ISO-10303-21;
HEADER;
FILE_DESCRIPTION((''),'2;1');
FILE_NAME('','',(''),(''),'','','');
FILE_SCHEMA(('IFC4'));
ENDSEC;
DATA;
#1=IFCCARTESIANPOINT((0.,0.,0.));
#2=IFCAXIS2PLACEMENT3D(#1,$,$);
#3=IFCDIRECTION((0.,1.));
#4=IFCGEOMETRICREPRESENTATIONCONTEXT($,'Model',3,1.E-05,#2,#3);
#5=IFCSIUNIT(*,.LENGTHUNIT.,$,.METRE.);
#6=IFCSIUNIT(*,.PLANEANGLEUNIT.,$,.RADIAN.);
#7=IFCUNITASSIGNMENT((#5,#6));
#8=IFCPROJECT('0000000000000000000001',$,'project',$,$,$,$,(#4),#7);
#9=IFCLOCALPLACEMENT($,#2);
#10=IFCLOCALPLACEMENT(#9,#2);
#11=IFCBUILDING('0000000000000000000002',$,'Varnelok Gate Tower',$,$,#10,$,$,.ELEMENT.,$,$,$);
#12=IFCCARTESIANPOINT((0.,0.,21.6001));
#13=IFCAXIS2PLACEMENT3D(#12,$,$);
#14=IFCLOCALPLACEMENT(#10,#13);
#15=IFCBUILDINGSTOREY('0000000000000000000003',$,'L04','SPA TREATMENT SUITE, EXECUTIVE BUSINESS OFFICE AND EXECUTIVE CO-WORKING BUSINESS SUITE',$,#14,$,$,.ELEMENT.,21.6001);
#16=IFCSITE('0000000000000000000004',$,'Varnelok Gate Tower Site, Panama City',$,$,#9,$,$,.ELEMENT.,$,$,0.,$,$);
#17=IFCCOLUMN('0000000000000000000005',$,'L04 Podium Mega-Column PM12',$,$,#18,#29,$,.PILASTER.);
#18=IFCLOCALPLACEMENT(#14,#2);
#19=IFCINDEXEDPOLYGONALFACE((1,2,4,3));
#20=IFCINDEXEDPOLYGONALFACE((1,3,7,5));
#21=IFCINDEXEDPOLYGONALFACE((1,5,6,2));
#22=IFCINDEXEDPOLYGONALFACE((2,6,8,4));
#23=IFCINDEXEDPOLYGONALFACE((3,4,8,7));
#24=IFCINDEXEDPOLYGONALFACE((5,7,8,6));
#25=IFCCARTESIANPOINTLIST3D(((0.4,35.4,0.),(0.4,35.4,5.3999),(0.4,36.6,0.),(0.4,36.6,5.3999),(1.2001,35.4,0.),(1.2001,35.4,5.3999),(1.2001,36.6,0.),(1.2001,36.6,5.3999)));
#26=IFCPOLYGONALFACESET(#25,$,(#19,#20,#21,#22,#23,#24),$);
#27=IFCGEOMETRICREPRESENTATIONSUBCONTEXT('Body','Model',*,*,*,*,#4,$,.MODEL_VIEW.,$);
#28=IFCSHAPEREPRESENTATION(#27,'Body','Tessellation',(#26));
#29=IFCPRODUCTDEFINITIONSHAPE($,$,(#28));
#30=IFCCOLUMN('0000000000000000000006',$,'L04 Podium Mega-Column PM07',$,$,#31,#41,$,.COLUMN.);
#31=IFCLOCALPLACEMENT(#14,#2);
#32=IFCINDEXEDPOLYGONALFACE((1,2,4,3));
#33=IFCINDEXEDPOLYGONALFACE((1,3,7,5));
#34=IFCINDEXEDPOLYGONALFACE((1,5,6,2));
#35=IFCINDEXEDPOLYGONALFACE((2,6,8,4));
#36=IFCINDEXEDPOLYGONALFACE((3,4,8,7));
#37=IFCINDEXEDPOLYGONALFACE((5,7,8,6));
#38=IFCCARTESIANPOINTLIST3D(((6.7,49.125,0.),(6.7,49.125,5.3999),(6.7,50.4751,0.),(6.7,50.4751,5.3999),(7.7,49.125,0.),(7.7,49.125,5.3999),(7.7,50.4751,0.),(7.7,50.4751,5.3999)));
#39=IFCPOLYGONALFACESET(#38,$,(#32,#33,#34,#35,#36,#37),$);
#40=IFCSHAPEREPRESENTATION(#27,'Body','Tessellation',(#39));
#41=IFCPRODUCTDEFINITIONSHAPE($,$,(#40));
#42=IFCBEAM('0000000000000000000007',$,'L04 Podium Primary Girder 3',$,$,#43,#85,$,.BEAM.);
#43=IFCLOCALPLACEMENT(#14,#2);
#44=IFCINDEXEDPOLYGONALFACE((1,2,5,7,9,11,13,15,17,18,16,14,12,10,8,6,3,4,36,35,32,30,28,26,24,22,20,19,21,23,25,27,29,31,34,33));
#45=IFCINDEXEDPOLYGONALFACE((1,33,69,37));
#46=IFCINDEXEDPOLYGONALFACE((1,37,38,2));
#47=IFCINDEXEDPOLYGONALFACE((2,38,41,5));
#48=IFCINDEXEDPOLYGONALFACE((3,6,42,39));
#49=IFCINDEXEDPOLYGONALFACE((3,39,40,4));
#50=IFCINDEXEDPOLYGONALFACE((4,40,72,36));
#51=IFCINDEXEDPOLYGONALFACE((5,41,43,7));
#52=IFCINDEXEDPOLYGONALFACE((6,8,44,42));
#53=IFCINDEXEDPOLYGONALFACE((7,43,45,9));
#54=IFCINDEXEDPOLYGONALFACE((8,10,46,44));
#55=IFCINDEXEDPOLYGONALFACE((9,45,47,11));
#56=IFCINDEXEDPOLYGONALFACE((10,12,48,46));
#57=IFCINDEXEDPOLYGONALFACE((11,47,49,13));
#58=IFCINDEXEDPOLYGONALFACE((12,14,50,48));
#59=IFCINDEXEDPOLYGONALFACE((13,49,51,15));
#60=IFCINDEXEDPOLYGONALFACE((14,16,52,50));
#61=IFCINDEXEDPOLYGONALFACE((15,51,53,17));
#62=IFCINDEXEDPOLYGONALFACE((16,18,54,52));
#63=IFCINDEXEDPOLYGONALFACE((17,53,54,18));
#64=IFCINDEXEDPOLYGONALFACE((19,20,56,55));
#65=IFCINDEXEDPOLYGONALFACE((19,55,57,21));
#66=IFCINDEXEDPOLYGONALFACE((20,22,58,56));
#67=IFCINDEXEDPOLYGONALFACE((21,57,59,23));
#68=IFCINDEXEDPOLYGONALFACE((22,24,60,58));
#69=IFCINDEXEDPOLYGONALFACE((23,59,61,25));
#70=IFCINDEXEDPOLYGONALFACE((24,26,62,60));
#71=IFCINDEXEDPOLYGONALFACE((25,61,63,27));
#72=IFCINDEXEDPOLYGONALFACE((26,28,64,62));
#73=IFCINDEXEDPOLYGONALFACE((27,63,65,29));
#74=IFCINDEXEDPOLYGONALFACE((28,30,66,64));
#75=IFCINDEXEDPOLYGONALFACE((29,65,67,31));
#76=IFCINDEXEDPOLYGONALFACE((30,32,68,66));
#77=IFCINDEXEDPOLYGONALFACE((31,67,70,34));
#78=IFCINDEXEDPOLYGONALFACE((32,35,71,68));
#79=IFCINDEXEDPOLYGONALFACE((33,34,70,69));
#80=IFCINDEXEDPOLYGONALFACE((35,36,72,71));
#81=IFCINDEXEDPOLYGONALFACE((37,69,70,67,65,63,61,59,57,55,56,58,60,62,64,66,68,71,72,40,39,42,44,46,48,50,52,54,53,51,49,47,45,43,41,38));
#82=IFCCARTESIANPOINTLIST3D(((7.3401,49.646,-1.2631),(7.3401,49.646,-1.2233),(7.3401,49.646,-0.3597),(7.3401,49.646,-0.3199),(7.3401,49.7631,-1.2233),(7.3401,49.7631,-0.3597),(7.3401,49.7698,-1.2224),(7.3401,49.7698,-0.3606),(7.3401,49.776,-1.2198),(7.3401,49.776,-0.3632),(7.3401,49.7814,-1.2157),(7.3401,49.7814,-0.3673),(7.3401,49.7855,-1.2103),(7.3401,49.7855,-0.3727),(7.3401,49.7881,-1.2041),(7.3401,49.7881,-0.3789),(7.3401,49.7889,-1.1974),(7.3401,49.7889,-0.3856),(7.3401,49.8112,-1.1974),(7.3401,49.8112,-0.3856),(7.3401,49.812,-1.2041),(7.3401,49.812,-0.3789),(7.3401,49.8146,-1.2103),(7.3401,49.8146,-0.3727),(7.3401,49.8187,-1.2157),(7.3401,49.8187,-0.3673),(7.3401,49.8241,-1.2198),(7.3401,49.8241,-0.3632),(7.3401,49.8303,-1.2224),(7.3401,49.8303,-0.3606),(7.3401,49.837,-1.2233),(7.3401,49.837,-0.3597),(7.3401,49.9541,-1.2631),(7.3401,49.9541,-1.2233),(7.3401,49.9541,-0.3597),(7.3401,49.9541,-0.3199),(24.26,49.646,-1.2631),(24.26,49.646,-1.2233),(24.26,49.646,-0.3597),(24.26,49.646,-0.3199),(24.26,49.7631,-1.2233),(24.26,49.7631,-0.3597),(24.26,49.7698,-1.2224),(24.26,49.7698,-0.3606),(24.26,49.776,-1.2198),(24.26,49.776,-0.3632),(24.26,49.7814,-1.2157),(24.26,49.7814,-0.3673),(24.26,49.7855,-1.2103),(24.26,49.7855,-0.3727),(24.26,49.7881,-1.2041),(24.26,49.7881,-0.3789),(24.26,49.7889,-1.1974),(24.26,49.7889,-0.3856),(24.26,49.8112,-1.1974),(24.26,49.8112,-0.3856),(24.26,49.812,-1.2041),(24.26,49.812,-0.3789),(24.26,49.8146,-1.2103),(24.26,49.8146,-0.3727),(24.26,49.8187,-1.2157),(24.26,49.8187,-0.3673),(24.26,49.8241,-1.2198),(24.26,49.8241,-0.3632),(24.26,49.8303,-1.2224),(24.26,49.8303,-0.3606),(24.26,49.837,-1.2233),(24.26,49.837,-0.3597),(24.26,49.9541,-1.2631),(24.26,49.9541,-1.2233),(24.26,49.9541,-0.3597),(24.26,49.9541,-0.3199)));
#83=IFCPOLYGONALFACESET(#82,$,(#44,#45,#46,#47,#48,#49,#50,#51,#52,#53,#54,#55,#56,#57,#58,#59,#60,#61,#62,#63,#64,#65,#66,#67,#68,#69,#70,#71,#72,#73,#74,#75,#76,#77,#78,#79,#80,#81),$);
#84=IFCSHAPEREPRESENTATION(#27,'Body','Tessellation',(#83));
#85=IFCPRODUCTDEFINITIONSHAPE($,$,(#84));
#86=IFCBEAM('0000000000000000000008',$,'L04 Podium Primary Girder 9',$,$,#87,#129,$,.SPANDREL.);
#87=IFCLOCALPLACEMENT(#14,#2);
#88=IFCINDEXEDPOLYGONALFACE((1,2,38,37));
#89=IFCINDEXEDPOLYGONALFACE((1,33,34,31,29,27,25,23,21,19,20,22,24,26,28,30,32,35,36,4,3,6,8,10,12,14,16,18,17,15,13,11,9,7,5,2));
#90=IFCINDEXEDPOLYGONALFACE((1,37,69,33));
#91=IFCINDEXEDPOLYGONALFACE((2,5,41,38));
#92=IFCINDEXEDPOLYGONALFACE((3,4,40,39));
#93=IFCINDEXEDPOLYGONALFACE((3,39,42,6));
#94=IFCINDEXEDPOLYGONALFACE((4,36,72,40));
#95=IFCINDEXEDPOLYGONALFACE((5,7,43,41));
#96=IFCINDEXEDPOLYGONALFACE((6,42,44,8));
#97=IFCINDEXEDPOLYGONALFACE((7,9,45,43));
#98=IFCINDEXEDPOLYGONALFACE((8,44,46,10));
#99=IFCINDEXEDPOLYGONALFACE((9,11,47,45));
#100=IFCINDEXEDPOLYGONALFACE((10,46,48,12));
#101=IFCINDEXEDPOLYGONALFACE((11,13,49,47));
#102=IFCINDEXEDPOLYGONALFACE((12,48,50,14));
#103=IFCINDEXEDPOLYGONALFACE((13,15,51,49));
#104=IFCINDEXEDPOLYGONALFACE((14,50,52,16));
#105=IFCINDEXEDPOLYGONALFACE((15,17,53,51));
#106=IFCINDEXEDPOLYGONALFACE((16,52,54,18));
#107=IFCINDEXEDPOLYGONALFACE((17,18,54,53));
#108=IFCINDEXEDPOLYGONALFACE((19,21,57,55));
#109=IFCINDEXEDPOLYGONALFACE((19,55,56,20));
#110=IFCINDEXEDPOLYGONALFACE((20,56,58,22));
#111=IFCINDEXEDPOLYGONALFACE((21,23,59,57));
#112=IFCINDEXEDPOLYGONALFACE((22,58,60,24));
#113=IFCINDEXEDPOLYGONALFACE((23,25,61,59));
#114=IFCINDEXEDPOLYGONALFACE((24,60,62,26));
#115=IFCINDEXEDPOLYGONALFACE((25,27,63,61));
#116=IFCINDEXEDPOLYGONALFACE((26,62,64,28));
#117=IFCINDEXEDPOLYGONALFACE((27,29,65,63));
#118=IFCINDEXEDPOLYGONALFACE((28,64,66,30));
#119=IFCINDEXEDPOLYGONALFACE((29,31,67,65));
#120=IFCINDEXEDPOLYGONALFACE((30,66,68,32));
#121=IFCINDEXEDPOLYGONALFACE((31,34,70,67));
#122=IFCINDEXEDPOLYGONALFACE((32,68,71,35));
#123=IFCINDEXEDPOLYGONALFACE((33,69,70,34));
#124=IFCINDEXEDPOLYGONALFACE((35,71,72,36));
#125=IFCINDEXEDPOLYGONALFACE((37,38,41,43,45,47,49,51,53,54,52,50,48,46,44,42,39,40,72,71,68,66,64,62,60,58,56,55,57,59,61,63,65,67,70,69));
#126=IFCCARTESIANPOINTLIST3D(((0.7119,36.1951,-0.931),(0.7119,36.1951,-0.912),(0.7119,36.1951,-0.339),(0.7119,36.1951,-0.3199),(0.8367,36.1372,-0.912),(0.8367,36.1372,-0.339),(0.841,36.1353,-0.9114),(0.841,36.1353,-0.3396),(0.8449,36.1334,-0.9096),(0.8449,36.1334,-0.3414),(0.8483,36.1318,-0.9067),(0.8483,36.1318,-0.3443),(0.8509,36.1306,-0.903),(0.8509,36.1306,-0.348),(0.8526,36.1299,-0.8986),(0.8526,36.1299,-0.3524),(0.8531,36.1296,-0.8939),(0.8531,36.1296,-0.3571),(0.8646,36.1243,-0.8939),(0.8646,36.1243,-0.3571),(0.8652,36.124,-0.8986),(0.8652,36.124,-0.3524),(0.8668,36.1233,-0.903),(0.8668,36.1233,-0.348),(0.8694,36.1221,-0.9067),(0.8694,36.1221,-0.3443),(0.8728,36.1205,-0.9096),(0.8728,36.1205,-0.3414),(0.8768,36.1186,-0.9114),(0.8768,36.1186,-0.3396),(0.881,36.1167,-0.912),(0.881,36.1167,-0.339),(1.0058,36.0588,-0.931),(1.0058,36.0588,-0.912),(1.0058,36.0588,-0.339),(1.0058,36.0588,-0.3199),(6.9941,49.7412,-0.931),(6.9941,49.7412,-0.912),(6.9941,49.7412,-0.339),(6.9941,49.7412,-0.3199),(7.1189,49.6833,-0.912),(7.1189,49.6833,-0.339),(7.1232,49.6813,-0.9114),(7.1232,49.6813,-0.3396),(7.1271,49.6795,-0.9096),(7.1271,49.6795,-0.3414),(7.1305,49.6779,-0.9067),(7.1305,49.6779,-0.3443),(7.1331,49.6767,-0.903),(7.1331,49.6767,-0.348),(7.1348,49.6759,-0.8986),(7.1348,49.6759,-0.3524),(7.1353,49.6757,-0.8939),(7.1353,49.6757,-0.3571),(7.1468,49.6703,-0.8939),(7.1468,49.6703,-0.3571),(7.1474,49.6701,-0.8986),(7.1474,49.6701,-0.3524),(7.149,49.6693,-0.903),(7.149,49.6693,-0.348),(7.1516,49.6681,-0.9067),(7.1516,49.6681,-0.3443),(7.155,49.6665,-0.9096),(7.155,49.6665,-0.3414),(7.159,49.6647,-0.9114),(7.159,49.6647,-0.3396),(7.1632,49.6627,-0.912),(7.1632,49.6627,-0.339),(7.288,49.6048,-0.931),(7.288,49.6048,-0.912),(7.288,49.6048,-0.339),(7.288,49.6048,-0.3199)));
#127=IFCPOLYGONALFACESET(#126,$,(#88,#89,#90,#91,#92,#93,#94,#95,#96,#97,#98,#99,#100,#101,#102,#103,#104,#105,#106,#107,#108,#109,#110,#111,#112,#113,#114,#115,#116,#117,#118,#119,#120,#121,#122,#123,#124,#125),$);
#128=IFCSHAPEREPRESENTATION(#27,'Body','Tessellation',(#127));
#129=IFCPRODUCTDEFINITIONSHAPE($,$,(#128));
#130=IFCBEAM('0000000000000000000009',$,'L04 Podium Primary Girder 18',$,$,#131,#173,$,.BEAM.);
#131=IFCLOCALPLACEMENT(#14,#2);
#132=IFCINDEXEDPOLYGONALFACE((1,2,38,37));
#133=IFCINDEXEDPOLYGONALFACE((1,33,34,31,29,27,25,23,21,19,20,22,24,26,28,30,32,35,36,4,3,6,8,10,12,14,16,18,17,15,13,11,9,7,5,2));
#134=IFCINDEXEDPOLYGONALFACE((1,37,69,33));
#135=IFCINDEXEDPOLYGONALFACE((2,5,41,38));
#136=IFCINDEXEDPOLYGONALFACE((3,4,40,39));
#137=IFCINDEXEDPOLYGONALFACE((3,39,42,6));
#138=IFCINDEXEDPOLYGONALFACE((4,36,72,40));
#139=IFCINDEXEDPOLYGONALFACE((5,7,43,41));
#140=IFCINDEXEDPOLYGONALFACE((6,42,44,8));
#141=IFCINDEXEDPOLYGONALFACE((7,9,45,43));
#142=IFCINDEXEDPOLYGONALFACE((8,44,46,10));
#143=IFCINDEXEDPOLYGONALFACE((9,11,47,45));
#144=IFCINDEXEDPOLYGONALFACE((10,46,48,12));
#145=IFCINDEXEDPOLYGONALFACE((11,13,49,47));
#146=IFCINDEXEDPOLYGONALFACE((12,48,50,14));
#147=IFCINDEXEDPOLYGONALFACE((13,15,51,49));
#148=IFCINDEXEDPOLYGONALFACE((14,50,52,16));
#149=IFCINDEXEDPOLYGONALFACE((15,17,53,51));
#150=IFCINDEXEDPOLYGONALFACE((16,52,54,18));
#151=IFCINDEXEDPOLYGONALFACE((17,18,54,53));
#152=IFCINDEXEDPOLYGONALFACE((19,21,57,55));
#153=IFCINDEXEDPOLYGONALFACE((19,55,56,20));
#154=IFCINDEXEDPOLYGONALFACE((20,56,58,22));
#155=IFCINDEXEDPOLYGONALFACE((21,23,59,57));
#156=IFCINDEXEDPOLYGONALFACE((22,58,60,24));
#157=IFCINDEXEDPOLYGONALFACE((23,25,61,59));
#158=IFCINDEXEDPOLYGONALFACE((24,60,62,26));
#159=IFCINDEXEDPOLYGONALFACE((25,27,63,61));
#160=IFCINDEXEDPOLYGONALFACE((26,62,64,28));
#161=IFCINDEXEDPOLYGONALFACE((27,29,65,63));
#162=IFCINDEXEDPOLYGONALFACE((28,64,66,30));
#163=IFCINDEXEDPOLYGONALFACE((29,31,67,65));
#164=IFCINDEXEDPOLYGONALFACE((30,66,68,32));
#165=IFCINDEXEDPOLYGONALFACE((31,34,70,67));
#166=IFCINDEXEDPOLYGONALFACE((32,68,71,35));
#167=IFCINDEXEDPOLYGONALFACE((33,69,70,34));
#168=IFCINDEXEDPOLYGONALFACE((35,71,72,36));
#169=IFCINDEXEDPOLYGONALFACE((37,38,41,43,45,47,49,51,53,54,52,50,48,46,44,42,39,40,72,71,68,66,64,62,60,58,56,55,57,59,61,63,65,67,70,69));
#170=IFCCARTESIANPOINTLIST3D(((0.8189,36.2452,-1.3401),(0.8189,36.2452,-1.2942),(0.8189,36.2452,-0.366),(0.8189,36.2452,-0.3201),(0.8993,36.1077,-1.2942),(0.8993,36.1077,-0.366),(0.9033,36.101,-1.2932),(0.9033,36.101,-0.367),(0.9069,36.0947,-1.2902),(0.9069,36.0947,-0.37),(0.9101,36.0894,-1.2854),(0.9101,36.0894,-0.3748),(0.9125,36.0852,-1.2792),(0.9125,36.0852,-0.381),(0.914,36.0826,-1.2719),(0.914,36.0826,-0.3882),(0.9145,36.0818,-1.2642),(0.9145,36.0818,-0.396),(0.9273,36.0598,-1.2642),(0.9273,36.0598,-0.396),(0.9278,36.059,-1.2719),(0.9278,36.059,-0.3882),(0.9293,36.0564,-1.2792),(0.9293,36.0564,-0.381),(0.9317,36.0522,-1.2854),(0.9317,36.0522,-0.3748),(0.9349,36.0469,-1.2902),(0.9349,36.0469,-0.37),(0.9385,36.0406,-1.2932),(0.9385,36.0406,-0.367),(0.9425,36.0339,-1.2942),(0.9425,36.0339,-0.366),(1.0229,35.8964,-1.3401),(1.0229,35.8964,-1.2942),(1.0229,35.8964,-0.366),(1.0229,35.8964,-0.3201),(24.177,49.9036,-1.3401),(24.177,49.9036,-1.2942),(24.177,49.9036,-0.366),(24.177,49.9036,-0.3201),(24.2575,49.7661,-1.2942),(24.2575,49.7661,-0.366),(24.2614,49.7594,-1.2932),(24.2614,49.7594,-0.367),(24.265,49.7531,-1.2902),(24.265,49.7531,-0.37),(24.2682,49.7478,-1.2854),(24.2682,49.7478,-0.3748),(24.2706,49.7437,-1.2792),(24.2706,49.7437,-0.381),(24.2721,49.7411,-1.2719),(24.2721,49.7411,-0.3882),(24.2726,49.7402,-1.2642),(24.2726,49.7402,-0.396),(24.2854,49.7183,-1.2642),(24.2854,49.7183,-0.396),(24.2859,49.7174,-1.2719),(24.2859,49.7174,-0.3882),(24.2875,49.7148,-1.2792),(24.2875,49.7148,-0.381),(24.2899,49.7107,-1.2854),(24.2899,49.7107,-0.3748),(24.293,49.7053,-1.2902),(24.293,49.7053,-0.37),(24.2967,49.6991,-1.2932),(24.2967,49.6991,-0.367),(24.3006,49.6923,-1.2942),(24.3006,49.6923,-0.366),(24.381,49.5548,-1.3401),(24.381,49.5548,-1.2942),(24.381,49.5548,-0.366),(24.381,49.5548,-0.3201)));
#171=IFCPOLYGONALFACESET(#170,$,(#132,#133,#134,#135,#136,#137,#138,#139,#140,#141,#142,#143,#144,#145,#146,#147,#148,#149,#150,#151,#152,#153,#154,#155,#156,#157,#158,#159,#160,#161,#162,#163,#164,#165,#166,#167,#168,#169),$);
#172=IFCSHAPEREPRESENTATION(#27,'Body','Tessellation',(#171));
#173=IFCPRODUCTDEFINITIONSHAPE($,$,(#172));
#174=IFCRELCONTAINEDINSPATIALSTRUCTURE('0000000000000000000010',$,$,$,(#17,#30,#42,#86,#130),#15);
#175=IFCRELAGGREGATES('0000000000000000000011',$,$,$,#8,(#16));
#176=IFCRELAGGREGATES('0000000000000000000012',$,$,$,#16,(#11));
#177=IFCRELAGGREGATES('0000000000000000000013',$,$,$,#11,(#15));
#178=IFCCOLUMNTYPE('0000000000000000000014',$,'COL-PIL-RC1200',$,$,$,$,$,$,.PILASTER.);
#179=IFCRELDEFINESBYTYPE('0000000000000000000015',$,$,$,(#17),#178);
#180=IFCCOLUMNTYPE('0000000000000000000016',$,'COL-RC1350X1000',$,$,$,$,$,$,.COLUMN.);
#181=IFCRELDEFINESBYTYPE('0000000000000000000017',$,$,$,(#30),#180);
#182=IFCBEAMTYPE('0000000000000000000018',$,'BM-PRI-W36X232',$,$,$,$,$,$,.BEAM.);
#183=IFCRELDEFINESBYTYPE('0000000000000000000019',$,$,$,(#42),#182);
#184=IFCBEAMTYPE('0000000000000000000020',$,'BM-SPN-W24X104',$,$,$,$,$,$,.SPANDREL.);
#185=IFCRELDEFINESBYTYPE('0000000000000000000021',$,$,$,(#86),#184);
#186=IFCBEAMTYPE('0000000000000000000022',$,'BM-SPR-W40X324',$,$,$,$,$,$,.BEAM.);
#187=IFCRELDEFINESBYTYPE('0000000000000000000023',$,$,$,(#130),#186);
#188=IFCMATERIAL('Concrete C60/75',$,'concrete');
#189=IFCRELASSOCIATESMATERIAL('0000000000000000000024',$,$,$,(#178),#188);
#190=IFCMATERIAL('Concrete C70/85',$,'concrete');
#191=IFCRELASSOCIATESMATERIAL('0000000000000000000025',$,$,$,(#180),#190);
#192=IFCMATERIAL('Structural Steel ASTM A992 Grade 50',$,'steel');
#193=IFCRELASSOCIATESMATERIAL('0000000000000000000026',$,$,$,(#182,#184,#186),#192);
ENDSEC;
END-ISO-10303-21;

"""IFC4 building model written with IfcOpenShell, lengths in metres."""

from ifc_helpers import new_model, si_unit, direction, frame, origin, origin_2d, place, context, subcontext, project, spatial, rectangle, i_section, extrude, material, material_profile, profile_set, type_object, element, save


model = new_model("IFC4")

# Units and contexts
model_context = context("Model", 3, precision=1e-05, world=origin(), true_north=direction((0.0, 1.0)))
body_context = subcontext(model_context, "Body", "Model", "MODEL_VIEW")
ifc_project = project(units=[si_unit("LENGTHUNIT", "METRE"), si_unit("PLANEANGLEUNIT", "RADIAN")], contexts=[model_context])

# Site, building, storey
site_placement = place(None, origin())
site = spatial("IfcSite", under=ifc_project, at=site_placement, Name="Varnelok Gate Tower Site, Panama City", CompositionType="ELEMENT", RefElevation=0.0)
building_placement = place(site_placement, origin())
building = spatial("IfcBuilding", under=site, at=building_placement, Name="Varnelok Gate Tower", CompositionType="ELEMENT")
storey_placement = place(building_placement, frame((0.0, 0.0, 21.6001)))
storey = spatial("IfcBuildingStorey", under=building, at=storey_placement, Name="L04", Description="SPA TREATMENT SUITE, EXECUTIVE BUSINESS OFFICE AND EXECUTIVE CO-WORKING BUSINESS SUITE", CompositionType="ELEMENT", Elevation=21.6001)

# Columns
ifc_material_1 = material(Name="Concrete C60/75", Category="concrete")
ifc_material_profile_1 = material_profile(ifc_material_1, rectangle(XDim=0.8, YDim=1.2, at=origin_2d()), Name="RC1200X800")
ifc_profile_set_1 = profile_set([ifc_material_profile_1], Name="Concrete C60/75")
column_type_1 = type_object("IfcColumnType", Name="COL-PIL-RC1200", PredefinedType="PILASTER", material=ifc_profile_set_1)
column_1_placement = place(storey_placement, frame((0.8, 36.0, 0.0), z_axis=(0.0, 0.0, 1.0), x_axis=(1.0, 0.0, 0.0)))
element("IfcColumn", 1, at=column_1_placement, inside=storey, type_object=column_type_1, Name="L04 Podium Mega-Column PM12", PredefinedType="PILASTER", context=body_context, shape_type="SweptSolid", body=[
    extrude(rectangle(XDim=0.8, YDim=1.2, at=origin_2d()), origin(), (0.0, 0.0, 1.0), 5.3999),
])
ifc_material_2 = material(Name="Concrete C70/85", Category="concrete")
ifc_material_profile_2 = material_profile(ifc_material_2, rectangle(XDim=1.0, YDim=1.3501, at=origin_2d()), Name="RC1350X1000")
ifc_profile_set_2 = profile_set([ifc_material_profile_2], Name="Concrete C70/85")
column_type_2 = type_object("IfcColumnType", Name="COL-RC1350X1000", PredefinedType="COLUMN", material=ifc_profile_set_2)
column_2_placement = place(storey_placement, frame((7.2, 49.8, 0.0), z_axis=(0.0, 0.0, 1.0), x_axis=(1.0, 0.0, 0.0)))
element("IfcColumn", 2, at=column_2_placement, inside=storey, type_object=column_type_2, Name="L04 Podium Mega-Column PM07", PredefinedType="COLUMN", context=body_context, shape_type="SweptSolid", body=[
    extrude(rectangle(XDim=1.0, YDim=1.3501, at=origin_2d()), origin(), (0.0, 0.0, 1.0), 5.3999),
])

# Beams
ifc_material_3 = material(Name="Structural Steel ASTM A992 Grade 50", Category="steel")
ifc_material_profile_3 = material_profile(ifc_material_3, i_section(OverallWidth=0.3081, OverallDepth=0.9431, WebThickness=0.0222, FlangeThickness=0.0398, FilletRadius=0.0259, at=origin_2d()), Name="W36X232")
ifc_profile_set_3 = profile_set([ifc_material_profile_3], Name="Structural Steel ASTM A992 Grade 50")
beam_type_1 = type_object("IfcBeamType", Name="BM-PRI-W36X232", PredefinedType="BEAM", material=ifc_profile_set_3)
beam_1_placement = place(storey_placement, frame((7.3401, 49.8, -0.7915), z_axis=(1.0, 0.0, 0.0), x_axis=(0.0, 1.0, 0.0)))
element("IfcBeam", 3, at=beam_1_placement, inside=storey, type_object=beam_type_1, Name="L04 Podium Primary Girder 3", PredefinedType="BEAM", context=body_context, shape_type="SweptSolid", body=[
    extrude(i_section(OverallWidth=0.3081, OverallDepth=0.9431, WebThickness=0.0222, FlangeThickness=0.0398, FilletRadius=0.0259, at=origin_2d()), origin(), (0.0, 0.0, 1.0), 16.9199),
])
ifc_material_profile_4 = material_profile(ifc_material_3, i_section(OverallWidth=0.324, OverallDepth=0.6111, WebThickness=0.0127, FlangeThickness=0.019, FilletRadius=0.0181, at=origin_2d()), Name="W24X104")
ifc_profile_set_4 = profile_set([ifc_material_profile_4], Name="Structural Steel ASTM A992 Grade 50")
beam_type_2 = type_object("IfcBeamType", Name="BM-SPN-W24X104", PredefinedType="SPANDREL", material=ifc_profile_set_4)
beam_2_placement = place(storey_placement, frame((0.8589, 36.127, -0.6255), z_axis=(0.420723, 0.907189, 0.0), x_axis=(-0.907189, 0.420723, 0.0)))
element("IfcBeam", 4, at=beam_2_placement, inside=storey, type_object=beam_type_2, Name="L04 Podium Primary Girder 9", PredefinedType="SPANDREL", context=body_context, shape_type="SweptSolid", body=[
    extrude(i_section(OverallWidth=0.324, OverallDepth=0.6111, WebThickness=0.0127, FlangeThickness=0.019, FilletRadius=0.0181, at=origin_2d()), origin(), (0.0, 0.0, 1.0), 14.9319),
])
ifc_material_profile_5 = material_profile(ifc_material_3, i_section(OverallWidth=0.4041, OverallDepth=1.02, WebThickness=0.0254, FlangeThickness=0.0459, FilletRadius=0.03, at=origin_2d()), Name="W40X324")
ifc_profile_set_5 = profile_set([ifc_material_profile_5], Name="Structural Steel ASTM A992 Grade 50")
beam_type_3 = type_object("IfcBeamType", Name="BM-SPR-W40X324", PredefinedType="BEAM", material=ifc_profile_set_5)
beam_3_placement = place(storey_placement, frame((0.9209, 36.0708, -0.8301), z_axis=(0.86325, 0.504777, 0.0), x_axis=(-0.504777, 0.86325, 0.0)))
element("IfcBeam", 5, at=beam_3_placement, inside=storey, type_object=beam_type_3, Name="L04 Podium Primary Girder 18", PredefinedType="BEAM", context=body_context, shape_type="SweptSolid", body=[
    extrude(i_section(OverallWidth=0.4041, OverallDepth=1.02, WebThickness=0.0254, FlangeThickness=0.0459, FilletRadius=0.03, at=origin_2d()), origin(), (0.0, 0.0, 1.0), 27.0583),
])

save(model, "model.ifc")
